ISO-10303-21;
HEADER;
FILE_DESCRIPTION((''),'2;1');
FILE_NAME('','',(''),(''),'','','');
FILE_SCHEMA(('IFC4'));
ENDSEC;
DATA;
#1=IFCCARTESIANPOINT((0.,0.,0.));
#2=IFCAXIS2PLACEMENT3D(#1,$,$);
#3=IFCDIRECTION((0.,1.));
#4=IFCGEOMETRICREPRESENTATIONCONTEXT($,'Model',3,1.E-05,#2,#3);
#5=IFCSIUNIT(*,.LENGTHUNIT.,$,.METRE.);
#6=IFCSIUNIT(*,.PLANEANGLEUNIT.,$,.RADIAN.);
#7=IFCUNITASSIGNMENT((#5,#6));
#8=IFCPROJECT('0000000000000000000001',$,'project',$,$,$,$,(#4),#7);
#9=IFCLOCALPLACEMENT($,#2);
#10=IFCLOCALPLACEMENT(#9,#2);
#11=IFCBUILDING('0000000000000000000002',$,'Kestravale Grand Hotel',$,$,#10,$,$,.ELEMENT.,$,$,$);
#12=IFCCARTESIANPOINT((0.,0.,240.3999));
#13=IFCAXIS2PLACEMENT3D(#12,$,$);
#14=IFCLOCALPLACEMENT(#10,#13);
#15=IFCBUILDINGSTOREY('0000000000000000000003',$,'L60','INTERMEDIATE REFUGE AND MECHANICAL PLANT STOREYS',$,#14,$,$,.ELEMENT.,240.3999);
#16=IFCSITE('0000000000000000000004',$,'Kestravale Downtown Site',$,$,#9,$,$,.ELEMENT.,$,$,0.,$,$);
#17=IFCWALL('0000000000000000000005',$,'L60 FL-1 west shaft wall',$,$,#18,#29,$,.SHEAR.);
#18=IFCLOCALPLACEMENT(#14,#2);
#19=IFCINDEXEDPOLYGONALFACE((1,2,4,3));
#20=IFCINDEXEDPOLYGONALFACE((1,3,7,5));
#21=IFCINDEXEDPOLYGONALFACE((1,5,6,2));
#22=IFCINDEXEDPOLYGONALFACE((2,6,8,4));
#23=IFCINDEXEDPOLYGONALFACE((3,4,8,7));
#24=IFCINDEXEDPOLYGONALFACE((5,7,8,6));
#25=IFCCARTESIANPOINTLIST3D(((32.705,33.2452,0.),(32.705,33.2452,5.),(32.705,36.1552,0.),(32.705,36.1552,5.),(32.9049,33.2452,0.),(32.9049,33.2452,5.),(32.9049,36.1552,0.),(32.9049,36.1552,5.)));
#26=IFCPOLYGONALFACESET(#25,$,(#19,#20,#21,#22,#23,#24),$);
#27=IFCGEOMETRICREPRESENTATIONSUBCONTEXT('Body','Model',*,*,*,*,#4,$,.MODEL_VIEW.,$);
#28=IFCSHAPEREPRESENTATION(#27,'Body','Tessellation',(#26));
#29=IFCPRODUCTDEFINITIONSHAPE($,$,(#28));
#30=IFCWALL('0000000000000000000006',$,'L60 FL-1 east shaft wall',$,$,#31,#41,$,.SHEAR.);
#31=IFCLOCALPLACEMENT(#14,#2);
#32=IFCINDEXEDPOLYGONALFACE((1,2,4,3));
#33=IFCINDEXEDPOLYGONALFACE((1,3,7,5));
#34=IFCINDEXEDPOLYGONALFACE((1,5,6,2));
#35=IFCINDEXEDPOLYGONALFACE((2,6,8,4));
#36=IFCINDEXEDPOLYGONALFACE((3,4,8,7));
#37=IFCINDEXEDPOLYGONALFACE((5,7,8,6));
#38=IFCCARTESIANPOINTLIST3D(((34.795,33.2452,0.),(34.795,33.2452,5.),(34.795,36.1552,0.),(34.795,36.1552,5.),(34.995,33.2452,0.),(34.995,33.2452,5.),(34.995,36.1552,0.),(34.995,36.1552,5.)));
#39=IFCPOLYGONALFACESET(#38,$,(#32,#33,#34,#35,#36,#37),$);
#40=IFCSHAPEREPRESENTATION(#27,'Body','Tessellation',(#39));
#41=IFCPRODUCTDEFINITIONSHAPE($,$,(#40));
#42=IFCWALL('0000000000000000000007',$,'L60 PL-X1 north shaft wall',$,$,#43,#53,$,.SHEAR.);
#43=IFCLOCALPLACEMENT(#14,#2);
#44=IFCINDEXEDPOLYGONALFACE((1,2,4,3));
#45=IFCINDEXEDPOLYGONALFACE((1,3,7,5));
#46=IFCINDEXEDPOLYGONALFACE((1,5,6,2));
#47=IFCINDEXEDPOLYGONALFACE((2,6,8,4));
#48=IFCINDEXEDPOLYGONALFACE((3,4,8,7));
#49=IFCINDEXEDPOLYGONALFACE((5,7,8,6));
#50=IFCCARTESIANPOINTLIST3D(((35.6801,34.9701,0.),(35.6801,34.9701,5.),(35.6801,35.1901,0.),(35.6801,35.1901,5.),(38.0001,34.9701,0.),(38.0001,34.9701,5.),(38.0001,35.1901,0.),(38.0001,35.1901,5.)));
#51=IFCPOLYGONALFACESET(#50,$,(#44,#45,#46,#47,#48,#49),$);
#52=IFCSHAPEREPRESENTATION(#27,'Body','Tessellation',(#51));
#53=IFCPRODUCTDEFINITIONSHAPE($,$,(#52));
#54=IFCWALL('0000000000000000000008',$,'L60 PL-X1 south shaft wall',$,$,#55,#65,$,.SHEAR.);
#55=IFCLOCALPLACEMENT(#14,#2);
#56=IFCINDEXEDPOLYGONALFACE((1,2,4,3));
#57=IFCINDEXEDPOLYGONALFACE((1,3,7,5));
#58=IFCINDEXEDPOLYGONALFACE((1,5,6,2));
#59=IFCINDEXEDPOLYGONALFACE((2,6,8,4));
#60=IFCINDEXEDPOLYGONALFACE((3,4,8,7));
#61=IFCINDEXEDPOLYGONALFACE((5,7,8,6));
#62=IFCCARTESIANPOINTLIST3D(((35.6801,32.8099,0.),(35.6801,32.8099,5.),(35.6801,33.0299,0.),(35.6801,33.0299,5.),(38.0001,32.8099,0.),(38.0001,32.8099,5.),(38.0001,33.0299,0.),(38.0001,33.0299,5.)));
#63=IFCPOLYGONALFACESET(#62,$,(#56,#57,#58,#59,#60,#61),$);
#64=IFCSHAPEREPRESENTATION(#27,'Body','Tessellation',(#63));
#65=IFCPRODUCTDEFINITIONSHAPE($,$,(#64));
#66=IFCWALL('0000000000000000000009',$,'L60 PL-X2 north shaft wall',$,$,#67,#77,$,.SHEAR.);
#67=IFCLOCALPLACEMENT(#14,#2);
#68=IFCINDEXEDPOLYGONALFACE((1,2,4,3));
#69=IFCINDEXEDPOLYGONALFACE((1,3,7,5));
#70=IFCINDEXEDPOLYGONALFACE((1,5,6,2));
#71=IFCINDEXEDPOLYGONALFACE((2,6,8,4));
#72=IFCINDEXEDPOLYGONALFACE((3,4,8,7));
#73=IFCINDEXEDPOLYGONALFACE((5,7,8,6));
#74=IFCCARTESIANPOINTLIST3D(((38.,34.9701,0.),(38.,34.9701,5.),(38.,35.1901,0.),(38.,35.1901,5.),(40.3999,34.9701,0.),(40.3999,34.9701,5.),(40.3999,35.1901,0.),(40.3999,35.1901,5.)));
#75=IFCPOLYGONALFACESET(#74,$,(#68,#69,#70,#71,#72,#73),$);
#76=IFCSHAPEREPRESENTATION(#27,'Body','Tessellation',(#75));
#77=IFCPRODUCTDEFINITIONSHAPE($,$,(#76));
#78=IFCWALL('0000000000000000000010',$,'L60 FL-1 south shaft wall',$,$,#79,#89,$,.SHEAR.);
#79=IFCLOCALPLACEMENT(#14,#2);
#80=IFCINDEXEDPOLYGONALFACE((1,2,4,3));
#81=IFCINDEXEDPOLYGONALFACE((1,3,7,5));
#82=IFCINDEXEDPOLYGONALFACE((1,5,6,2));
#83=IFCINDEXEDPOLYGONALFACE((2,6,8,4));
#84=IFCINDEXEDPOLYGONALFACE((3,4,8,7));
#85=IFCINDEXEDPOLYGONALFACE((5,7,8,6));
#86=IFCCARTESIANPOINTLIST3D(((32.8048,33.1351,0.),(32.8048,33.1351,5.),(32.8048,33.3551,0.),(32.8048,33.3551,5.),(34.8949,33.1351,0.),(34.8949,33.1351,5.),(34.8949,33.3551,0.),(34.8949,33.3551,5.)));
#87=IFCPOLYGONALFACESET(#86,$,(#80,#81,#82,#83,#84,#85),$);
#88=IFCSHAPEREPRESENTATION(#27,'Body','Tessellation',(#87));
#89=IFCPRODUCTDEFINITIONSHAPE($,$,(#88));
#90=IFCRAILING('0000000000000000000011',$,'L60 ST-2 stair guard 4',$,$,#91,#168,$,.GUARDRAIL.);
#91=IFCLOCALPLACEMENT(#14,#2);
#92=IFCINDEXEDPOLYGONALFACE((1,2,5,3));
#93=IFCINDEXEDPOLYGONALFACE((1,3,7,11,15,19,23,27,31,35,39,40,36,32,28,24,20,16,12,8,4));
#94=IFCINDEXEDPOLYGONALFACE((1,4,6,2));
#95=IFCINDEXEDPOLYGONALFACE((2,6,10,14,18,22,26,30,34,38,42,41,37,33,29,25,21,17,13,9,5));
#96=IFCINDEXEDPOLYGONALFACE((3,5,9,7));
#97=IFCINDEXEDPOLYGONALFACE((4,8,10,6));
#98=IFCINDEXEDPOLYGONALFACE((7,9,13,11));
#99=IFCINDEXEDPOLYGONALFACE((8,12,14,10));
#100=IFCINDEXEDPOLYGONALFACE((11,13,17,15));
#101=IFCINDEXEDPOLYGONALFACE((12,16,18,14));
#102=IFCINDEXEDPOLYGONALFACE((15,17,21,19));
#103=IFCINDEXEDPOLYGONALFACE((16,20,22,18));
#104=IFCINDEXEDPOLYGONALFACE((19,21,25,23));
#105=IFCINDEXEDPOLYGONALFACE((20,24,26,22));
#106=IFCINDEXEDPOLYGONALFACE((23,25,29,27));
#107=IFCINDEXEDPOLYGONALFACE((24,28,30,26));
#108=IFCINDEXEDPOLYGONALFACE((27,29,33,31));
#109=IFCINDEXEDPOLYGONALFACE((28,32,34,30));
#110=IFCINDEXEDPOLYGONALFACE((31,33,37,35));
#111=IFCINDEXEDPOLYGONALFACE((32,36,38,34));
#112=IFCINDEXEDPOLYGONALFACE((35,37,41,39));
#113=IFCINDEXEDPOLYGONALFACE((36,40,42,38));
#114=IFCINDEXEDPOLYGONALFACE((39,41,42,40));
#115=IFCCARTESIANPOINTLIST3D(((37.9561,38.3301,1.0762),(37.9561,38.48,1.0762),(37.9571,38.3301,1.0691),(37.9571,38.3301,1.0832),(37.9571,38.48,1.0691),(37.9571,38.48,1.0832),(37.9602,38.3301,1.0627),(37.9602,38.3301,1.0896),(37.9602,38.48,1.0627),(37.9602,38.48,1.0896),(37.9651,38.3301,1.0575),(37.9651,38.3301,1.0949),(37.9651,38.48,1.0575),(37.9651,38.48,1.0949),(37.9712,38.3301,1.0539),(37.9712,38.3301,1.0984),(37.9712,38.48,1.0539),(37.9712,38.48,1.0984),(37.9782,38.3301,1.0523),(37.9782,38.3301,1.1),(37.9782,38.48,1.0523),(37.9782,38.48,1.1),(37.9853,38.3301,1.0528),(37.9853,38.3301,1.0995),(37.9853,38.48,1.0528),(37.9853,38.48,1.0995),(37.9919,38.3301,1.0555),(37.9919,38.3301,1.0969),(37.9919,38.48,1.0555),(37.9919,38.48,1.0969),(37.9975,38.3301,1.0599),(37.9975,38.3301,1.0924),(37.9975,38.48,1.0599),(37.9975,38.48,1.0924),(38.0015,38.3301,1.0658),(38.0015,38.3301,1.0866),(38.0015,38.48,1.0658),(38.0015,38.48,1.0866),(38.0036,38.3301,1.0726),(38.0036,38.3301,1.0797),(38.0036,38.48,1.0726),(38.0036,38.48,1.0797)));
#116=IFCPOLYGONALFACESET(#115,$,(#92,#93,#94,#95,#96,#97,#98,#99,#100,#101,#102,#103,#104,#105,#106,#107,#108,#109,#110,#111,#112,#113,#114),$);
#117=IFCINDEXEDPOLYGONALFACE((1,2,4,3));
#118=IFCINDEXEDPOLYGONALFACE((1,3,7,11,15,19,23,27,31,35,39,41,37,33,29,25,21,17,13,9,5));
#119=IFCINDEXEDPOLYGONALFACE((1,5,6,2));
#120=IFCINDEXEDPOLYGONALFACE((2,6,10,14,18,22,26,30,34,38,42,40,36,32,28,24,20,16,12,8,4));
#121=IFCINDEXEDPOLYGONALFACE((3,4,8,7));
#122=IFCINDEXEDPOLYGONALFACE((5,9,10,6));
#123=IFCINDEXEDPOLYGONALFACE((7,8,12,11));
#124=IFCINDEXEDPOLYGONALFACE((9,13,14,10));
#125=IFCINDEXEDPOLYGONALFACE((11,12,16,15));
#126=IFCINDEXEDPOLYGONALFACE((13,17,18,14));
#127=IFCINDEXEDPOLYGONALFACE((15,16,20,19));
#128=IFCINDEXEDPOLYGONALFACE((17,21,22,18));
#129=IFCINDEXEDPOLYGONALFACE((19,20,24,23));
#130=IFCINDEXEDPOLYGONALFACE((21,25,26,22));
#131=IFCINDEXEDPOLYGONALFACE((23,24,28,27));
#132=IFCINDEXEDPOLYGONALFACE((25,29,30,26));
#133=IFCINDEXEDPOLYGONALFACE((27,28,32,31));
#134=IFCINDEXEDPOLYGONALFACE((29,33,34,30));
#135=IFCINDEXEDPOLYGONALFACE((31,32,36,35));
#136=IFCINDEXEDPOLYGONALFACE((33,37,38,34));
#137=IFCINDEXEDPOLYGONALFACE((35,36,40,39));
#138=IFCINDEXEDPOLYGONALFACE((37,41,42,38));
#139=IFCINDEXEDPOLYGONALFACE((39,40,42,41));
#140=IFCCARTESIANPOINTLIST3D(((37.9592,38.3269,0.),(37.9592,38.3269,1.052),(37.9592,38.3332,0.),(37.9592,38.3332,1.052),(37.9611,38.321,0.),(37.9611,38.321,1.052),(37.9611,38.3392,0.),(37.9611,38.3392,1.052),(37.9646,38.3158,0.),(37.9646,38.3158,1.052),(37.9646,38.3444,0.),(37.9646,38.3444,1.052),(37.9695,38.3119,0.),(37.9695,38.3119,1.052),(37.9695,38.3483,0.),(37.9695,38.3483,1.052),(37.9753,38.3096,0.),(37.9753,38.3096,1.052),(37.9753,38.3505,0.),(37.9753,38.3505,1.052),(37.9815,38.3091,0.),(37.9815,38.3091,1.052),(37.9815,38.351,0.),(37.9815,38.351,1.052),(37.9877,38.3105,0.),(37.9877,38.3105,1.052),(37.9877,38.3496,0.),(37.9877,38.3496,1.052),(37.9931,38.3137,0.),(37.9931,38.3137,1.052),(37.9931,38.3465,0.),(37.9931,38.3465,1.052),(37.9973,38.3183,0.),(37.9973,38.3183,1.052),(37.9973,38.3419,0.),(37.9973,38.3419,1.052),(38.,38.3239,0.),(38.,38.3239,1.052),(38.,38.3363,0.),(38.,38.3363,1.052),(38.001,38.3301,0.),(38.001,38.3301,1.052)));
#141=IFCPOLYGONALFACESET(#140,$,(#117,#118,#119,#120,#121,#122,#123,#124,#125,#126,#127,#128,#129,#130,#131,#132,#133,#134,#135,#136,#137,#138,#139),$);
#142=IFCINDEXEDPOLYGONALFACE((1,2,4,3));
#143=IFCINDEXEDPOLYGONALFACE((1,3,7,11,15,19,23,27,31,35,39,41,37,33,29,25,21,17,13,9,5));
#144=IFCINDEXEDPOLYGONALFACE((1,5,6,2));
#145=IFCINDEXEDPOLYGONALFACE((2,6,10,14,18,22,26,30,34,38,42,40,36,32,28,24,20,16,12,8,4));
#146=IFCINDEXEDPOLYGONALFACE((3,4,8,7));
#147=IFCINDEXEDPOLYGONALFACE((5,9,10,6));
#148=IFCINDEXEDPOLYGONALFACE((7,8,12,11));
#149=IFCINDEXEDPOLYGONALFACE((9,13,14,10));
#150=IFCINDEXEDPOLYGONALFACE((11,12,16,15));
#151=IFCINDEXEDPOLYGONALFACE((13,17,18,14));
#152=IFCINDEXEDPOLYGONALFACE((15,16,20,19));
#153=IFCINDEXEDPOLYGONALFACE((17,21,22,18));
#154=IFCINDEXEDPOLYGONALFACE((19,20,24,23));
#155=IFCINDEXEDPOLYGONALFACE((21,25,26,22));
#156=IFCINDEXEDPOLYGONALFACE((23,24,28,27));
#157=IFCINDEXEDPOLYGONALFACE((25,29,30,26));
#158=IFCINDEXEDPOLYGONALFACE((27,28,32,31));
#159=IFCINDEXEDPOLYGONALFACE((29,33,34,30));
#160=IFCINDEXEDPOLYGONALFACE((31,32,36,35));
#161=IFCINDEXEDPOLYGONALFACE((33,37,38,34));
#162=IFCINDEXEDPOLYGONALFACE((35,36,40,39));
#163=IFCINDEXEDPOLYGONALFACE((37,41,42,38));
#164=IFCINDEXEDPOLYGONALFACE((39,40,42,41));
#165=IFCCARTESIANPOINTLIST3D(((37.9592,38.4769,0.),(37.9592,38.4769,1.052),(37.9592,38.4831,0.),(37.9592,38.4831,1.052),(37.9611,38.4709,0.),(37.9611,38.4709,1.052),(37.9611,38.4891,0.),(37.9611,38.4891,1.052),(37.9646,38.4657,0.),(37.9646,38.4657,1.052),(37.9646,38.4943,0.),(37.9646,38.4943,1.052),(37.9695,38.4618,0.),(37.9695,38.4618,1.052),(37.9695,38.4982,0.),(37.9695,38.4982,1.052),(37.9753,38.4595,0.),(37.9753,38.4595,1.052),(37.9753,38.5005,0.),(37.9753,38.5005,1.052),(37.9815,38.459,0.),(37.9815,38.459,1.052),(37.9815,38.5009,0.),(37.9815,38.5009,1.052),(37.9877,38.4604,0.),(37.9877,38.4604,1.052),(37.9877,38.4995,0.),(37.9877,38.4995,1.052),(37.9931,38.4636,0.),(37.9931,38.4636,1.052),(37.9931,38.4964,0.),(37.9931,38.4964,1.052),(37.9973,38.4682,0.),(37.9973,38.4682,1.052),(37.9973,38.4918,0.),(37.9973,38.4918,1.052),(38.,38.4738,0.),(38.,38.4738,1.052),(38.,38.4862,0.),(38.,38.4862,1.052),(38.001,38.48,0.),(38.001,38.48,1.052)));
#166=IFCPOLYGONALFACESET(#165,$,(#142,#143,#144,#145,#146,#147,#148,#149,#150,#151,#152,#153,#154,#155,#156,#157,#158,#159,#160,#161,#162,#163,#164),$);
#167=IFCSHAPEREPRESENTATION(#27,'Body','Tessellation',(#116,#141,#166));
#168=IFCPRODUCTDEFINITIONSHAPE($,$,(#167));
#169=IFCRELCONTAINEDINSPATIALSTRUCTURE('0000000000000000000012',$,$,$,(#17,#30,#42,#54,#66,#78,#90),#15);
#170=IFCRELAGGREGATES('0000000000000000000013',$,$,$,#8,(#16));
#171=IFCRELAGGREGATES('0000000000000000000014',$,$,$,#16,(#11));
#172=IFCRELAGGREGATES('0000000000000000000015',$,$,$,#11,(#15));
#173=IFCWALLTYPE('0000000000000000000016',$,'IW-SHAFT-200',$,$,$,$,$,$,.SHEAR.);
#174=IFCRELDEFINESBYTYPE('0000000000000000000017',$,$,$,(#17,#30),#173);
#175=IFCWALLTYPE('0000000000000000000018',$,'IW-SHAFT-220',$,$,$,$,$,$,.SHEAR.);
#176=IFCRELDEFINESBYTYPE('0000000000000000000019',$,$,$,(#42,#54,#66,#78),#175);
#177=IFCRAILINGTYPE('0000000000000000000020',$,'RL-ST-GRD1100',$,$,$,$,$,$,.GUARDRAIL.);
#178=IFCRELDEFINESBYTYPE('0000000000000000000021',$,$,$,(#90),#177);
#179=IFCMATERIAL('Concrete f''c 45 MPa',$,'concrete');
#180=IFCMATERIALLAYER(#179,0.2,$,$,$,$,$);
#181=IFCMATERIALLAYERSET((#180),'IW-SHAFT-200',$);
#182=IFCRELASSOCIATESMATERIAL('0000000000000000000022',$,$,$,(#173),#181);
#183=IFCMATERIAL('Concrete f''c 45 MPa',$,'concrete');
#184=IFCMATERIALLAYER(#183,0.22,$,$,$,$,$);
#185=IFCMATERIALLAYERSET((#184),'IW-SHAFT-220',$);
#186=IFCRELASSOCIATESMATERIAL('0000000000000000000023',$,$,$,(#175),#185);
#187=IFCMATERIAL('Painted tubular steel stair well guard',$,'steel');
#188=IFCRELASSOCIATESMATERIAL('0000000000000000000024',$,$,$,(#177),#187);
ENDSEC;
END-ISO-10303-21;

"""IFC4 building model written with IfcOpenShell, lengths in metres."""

from ifc_helpers import new_model, si_unit, direction, frame, frame_2d, origin, origin_2d, place, context, subcontext, project, spatial, rectangle, circle, extrude, material, layer, layer_set, type_object, element, save


model = new_model("IFC4")

# Units and contexts
model_context = context("Model", 3, precision=1e-05, world=origin(), true_north=direction((0.0, 1.0)))
body_context = subcontext(model_context, "Body", "Model", "MODEL_VIEW")
ifc_project = project(units=[si_unit("LENGTHUNIT", "METRE"), si_unit("PLANEANGLEUNIT", "RADIAN")], contexts=[model_context])

# Site, building, storey
site_placement = place(None, origin())
site = spatial("IfcSite", under=ifc_project, at=site_placement, Name="Kestravale Downtown Site", CompositionType="ELEMENT", RefElevation=0.0)
building_placement = place(site_placement, origin())
building = spatial("IfcBuilding", under=site, at=building_placement, Name="Kestravale Grand Hotel", CompositionType="ELEMENT")
storey_placement = place(building_placement, frame((0.0, 0.0, 240.3999)))
storey = spatial("IfcBuildingStorey", under=building, at=storey_placement, Name="L60", Description="INTERMEDIATE REFUGE AND MECHANICAL PLANT STOREYS", CompositionType="ELEMENT", Elevation=240.3999)

# Walls
ifc_material_1 = material(Name="Concrete f'c 45 MPa", Category="concrete")
ifc_layer_1 = layer(ifc_material_1, 0.2)
ifc_layer_set_1 = layer_set([ifc_layer_1], Name="IW-SHAFT-200")
wall_type_1 = type_object("IfcWallType", Name="IW-SHAFT-200", PredefinedType="SHEAR", material=ifc_layer_set_1)
for number, where, z_axis, x_axis, name in (
    (1, (32.8049, 33.2451, 0.0), (0.0, 0.0, 1.0), (0.0, 1.0, 0.0), "L60 FL-1 west shaft wall"),
    (2, (34.895, 33.2451, 0.0), (0.0, 0.0, 1.0), (0.0, 1.0, 0.0), "L60 FL-1 east shaft wall"),
):
    element("IfcWall", number, at=place(storey_placement, frame(where, z_axis=z_axis, x_axis=x_axis)), inside=storey, type_object=wall_type_1, Name=name, PredefinedType="SHEAR", context=body_context, shape_type="SweptSolid", body=[
        extrude(rectangle(XDim=2.9099, YDim=0.2, at=frame_2d((1.4551, 0.0))), origin(), (0.0, 0.0, 1.0), 5.0),
    ])
ifc_material_2 = material(Name="Concrete f'c 45 MPa", Category="concrete")
ifc_layer_2 = layer(ifc_material_2, 0.22)
ifc_layer_set_2 = layer_set([ifc_layer_2], Name="IW-SHAFT-220")
wall_type_2 = type_object("IfcWallType", Name="IW-SHAFT-220", PredefinedType="SHEAR", material=ifc_layer_set_2)
for number, where, z_axis, x_axis, name in (
    (3, (35.6799, 35.0801, 0.0), (0.0, 0.0, 1.0), (1.0, 0.0, 0.0), "L60 PL-X1 north shaft wall"),
    (4, (35.6799, 32.9199, 0.0), (0.0, 0.0, 1.0), (1.0, 0.0, 0.0), "L60 PL-X1 south shaft wall"),
):
    element("IfcWall", number, at=place(storey_placement, frame(where, z_axis=z_axis, x_axis=x_axis)), inside=storey, type_object=wall_type_2, Name=name, PredefinedType="SHEAR", context=body_context, shape_type="SweptSolid", body=[
        extrude(rectangle(XDim=2.3201, YDim=0.22, at=frame_2d((1.1602, 0.0))), origin(), (0.0, 0.0, 1.0), 5.0),
    ])
wall_1_placement = place(storey_placement, frame((38.0, 35.0801, 0.0), z_axis=(0.0, 0.0, 1.0), x_axis=(1.0, 0.0, 0.0)))
element("IfcWall", 5, at=wall_1_placement, inside=storey, type_object=wall_type_2, Name="L60 PL-X2 north shaft wall", PredefinedType="SHEAR", context=body_context, shape_type="SweptSolid", body=[
    extrude(rectangle(XDim=2.3999, YDim=0.22, at=frame_2d((1.2, 0.0))), origin(), (0.0, 0.0, 1.0), 5.0),
])

# Wall
wall_2_placement = place(storey_placement, frame((32.8049, 33.2451, 0.0), z_axis=(0.0, 0.0, 1.0), x_axis=(1.0, 0.0, 0.0)))
element("IfcWall", 6, at=wall_2_placement, inside=storey, type_object=wall_type_2, Name="L60 FL-1 south shaft wall", PredefinedType="SHEAR", context=body_context, shape_type="SweptSolid", body=[
    extrude(rectangle(XDim=2.0901, YDim=0.22, at=frame_2d((1.0449, 0.0))), origin(), (0.0, 0.0, 1.0), 5.0),
])

# Railing
ifc_material_3 = material(Name="Painted tubular steel stair well guard", Category="steel")
railing_type = type_object("IfcRailingType", Name="RL-ST-GRD1100", PredefinedType="GUARDRAIL", material=ifc_material_3)
railing_placement = place(storey_placement, frame((37.98, 38.3301, 0.0)))
element("IfcRailing", 7, at=railing_placement, inside=storey, type_object=railing_type, Name="L60 ST-2 stair guard 4", PredefinedType="GUARDRAIL", context=body_context, shape_type="SweptSolid", body=[
    extrude(circle(Radius=0.0239, at=origin_2d()), frame((0.0, 0.0, 1.0762), z_axis=(0.0, 1.0, 0.0), x_axis=(-1.0, 0.0, 0.0)), (0.0, 0.0, 1.0), 0.1499),
    extrude(circle(Radius=0.021, at=origin_2d()), origin(), (0.0, 0.0, 1.0), 1.052),
    extrude(circle(Radius=0.021, at=origin_2d()), frame((0.0, 0.1499, 0.0)), (0.0, 0.0, 1.0), 1.052),
])

save(model, "model.ifc")
